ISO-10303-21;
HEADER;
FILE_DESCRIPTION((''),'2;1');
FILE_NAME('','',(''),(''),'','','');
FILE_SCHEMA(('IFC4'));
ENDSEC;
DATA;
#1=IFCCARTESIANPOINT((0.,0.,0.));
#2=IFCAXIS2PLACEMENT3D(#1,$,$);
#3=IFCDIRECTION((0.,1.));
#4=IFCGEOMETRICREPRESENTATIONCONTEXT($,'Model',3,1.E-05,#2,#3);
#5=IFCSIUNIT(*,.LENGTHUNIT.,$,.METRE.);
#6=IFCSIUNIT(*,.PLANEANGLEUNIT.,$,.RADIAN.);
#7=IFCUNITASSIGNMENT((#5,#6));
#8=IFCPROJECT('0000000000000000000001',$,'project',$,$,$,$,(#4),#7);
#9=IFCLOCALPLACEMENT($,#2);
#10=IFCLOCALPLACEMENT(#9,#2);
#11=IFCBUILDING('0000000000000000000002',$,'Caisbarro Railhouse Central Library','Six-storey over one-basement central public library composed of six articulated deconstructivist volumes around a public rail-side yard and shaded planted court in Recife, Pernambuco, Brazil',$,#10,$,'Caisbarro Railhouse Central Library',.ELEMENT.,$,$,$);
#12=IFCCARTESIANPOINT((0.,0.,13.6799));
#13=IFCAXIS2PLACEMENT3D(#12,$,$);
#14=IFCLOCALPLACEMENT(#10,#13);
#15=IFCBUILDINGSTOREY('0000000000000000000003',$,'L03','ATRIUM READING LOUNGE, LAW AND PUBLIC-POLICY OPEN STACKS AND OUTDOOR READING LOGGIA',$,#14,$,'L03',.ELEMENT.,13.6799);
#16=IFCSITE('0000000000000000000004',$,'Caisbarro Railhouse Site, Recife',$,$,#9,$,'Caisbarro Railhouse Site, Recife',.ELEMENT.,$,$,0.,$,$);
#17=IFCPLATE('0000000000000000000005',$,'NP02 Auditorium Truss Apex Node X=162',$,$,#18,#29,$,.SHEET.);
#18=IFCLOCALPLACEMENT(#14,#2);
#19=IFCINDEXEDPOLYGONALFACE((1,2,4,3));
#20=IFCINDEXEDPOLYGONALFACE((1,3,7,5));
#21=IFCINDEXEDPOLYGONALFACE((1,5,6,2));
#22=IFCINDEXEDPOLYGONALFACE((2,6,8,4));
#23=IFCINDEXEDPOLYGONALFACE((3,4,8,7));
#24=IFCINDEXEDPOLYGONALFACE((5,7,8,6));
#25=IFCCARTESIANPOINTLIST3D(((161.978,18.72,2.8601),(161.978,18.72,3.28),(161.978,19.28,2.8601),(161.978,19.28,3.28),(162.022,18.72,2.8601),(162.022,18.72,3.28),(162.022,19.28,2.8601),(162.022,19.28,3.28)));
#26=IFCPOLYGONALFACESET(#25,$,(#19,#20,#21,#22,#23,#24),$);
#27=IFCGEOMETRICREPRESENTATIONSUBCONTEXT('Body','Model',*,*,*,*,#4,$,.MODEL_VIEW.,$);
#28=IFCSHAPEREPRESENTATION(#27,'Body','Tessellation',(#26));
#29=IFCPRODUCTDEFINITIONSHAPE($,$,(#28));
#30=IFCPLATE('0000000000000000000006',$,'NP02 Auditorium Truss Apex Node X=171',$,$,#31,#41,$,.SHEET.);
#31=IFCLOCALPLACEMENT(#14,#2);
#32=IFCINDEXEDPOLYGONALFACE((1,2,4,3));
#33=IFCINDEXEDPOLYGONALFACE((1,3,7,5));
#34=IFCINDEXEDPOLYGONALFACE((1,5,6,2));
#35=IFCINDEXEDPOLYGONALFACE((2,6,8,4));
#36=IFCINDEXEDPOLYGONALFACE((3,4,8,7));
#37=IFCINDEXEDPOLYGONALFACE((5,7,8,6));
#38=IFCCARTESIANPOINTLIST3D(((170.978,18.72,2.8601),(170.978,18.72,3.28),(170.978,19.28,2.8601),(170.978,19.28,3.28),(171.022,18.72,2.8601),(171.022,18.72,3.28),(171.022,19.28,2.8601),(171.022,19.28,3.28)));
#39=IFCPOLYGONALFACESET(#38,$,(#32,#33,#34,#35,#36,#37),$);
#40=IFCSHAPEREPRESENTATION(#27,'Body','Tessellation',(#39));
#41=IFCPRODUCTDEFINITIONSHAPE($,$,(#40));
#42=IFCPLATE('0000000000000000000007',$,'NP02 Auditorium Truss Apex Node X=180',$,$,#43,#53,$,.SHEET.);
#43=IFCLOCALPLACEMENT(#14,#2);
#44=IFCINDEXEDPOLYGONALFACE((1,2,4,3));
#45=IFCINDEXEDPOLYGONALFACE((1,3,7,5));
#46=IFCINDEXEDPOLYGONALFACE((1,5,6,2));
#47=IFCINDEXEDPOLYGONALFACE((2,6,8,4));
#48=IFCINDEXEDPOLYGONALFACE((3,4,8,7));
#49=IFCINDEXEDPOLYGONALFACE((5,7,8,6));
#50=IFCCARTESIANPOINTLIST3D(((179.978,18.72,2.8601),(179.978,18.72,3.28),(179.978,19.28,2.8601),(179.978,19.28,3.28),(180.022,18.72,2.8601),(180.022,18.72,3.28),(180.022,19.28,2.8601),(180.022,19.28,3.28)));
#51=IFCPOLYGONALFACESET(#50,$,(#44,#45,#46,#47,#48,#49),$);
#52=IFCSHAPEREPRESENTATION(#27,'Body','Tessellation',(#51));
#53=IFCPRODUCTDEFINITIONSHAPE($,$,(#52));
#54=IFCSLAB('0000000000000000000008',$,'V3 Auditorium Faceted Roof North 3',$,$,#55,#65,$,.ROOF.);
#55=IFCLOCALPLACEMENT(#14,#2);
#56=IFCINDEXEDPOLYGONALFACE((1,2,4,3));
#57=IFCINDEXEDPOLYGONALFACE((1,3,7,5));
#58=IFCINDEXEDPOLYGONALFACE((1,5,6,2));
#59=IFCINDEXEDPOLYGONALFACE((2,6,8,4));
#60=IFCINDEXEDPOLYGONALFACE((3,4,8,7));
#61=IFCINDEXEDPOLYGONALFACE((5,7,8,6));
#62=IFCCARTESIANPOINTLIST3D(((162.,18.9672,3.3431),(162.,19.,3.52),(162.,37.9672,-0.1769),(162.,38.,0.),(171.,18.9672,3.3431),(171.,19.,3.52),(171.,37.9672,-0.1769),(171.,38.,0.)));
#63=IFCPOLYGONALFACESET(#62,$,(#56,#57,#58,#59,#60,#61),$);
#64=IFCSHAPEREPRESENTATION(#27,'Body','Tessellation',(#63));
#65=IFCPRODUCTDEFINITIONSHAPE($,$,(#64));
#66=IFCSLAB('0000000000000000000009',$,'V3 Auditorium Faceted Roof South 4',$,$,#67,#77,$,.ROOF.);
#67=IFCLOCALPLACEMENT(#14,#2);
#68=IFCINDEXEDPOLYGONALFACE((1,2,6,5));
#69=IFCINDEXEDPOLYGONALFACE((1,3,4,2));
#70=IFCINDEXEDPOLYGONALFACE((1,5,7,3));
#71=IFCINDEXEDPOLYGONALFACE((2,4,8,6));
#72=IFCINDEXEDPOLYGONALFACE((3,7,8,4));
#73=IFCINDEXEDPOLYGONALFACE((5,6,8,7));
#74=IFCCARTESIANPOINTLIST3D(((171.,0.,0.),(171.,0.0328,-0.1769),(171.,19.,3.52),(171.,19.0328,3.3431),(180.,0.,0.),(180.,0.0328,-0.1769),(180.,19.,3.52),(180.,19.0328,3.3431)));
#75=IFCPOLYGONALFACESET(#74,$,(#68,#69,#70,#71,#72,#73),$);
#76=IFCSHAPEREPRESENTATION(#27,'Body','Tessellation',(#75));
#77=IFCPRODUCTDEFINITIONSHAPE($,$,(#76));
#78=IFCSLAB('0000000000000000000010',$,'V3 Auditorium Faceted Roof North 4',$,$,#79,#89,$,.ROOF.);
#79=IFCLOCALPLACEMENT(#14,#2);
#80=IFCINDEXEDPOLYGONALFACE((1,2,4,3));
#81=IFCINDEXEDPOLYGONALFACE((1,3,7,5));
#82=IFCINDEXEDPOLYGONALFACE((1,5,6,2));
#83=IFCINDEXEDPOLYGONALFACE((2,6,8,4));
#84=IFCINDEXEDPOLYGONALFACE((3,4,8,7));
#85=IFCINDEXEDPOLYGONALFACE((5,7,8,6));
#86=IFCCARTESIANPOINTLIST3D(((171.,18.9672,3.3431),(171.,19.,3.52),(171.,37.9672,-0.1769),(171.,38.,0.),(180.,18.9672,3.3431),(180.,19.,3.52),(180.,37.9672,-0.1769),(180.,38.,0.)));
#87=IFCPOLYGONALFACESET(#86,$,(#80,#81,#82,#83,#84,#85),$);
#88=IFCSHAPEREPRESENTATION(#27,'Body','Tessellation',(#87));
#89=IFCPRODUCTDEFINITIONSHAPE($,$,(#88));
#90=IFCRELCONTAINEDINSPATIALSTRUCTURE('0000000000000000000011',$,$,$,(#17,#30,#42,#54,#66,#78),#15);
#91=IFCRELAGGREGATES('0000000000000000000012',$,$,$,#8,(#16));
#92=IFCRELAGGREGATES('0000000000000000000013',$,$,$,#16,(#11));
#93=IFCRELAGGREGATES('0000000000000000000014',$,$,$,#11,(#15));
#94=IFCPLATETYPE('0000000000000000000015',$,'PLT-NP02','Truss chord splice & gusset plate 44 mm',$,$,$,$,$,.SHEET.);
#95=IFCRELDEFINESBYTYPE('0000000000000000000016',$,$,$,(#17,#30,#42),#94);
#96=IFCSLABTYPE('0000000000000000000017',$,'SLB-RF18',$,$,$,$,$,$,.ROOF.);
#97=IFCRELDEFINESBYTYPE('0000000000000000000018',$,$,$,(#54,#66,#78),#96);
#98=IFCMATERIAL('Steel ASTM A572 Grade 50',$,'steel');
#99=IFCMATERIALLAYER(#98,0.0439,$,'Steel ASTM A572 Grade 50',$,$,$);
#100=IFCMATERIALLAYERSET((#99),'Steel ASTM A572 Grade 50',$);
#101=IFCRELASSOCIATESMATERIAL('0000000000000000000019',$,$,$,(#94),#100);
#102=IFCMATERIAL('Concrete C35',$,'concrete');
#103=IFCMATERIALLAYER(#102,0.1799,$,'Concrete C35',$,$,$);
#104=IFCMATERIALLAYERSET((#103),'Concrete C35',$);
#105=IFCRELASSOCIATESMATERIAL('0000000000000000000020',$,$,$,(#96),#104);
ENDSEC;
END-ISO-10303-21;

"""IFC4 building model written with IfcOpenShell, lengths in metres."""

from ifc_helpers import new_model, si_unit, direction, frame, origin, origin_2d, place, context, subcontext, project, spatial, polyline, rectangle, outline, extrude, material, layer, layer_set, type_object, element, save


model = new_model("IFC4")

# Units and contexts
model_context = context("Model", 3, precision=1e-05, world=origin(), true_north=direction((0.0, 1.0)))
body_context = subcontext(model_context, "Body", "Model", "MODEL_VIEW")
ifc_project = project(units=[si_unit("LENGTHUNIT", "METRE"), si_unit("PLANEANGLEUNIT", "RADIAN")], contexts=[model_context])

# Site, building, storey
site_placement = place(None, origin())
site = spatial("IfcSite", under=ifc_project, at=site_placement, Name="Caisbarro Railhouse Site, Recife", LongName="Caisbarro Railhouse Site, Recife", CompositionType="ELEMENT", RefElevation=0.0)
building_placement = place(site_placement, origin())
building = spatial("IfcBuilding", under=site, at=building_placement, Name="Caisbarro Railhouse Central Library", Description="Six-storey over one-basement central public library composed of six articulated deconstructivist volumes around a public rail-side yard and shaded planted court in Recife, Pernambuco, Brazil", LongName="Caisbarro Railhouse Central Library", CompositionType="ELEMENT")
storey_placement = place(building_placement, frame((0.0, 0.0, 13.6799)))
storey = spatial("IfcBuildingStorey", under=building, at=storey_placement, Name="L03", Description="ATRIUM READING LOUNGE, LAW AND PUBLIC-POLICY OPEN STACKS AND OUTDOOR READING LOGGIA", LongName="L03", CompositionType="ELEMENT", Elevation=13.6799)

# Shared definitions
ifc_material_1 = material(Name="Steel ASTM A572 Grade 50", Category="steel")

# Plates
ifc_layer_1 = layer(ifc_material_1, 0.0439, Name="Steel ASTM A572 Grade 50")
ifc_layer_set_1 = layer_set([ifc_layer_1], Name="Steel ASTM A572 Grade 50")
plate_type_1 = type_object("IfcPlateType", Name="PLT-NP02", Description="Truss chord splice & gusset plate 44 mm", PredefinedType="SHEET", material=ifc_layer_set_1)
for number, where, z_axis, x_axis, name in (
    (1, (162.0, 19.0, 2.8601), (0.0, 0.0, 1.0), (1.0, 0.0, 0.0), "NP02 Auditorium Truss Apex Node X=162"),
    (2, (171.0, 19.0, 2.8601), (0.0, 0.0, 1.0), (1.0, 0.0, 0.0), "NP02 Auditorium Truss Apex Node X=171"),
    (3, (180.0, 19.0, 2.8601), (0.0, 0.0, 1.0), (1.0, 0.0, 0.0), "NP02 Auditorium Truss Apex Node X=180"),
):
    element("IfcPlate", number, at=place(storey_placement, frame(where, z_axis=z_axis, x_axis=x_axis)), inside=storey, type_object=plate_type_1, Name=name, PredefinedType="SHEET", context=body_context, shape_type="SweptSolid", body=[
        extrude(rectangle(XDim=0.0439, YDim=0.5601, at=origin_2d()), origin(), (0.0, 0.0, 1.0), 0.4199),
    ])

# Slabs
ifc_material_2 = material(Name="Concrete C35", Category="concrete")
ifc_layer_2 = layer(ifc_material_2, 0.1799, Name="Concrete C35")
ifc_layer_set_2 = layer_set([ifc_layer_2], Name="Concrete C35")
slab_type = type_object("IfcSlabType", Name="SLB-RF18", PredefinedType="ROOF", material=ifc_layer_set_2)
for number, where, z_axis, x_axis, name in (
    (4, (162.0, 19.0, 3.52), (0.0, 0.182164, 0.983268), (1.0, 0.0, 0.0), "V3 Auditorium Faceted Roof North 3"),
    (5, (171.0, 0.0, 0.0), (0.0, -0.182164, 0.983268), (1.0, 0.0, 0.0), "V3 Auditorium Faceted Roof South 4"),
    (6, (171.0, 19.0, 3.52), (0.0, 0.182164, 0.983268), (1.0, 0.0, 0.0), "V3 Auditorium Faceted Roof North 4"),
):
    element("IfcSlab", number, at=place(storey_placement, frame(where, z_axis=z_axis, x_axis=x_axis)), inside=storey, type_object=slab_type, Name=name, PredefinedType="ROOF", context=body_context, shape_type="SweptSolid", body=[
        extrude(outline(polyline([(0.0, 0.0), (9.0, 0.0), (9.0, 19.3233), (0.0, 19.3233), (0.0, 0.0)])), origin(), (0.0, 0.0, -1.0), 0.1799),
    ])

save(model, "model.ifc")
